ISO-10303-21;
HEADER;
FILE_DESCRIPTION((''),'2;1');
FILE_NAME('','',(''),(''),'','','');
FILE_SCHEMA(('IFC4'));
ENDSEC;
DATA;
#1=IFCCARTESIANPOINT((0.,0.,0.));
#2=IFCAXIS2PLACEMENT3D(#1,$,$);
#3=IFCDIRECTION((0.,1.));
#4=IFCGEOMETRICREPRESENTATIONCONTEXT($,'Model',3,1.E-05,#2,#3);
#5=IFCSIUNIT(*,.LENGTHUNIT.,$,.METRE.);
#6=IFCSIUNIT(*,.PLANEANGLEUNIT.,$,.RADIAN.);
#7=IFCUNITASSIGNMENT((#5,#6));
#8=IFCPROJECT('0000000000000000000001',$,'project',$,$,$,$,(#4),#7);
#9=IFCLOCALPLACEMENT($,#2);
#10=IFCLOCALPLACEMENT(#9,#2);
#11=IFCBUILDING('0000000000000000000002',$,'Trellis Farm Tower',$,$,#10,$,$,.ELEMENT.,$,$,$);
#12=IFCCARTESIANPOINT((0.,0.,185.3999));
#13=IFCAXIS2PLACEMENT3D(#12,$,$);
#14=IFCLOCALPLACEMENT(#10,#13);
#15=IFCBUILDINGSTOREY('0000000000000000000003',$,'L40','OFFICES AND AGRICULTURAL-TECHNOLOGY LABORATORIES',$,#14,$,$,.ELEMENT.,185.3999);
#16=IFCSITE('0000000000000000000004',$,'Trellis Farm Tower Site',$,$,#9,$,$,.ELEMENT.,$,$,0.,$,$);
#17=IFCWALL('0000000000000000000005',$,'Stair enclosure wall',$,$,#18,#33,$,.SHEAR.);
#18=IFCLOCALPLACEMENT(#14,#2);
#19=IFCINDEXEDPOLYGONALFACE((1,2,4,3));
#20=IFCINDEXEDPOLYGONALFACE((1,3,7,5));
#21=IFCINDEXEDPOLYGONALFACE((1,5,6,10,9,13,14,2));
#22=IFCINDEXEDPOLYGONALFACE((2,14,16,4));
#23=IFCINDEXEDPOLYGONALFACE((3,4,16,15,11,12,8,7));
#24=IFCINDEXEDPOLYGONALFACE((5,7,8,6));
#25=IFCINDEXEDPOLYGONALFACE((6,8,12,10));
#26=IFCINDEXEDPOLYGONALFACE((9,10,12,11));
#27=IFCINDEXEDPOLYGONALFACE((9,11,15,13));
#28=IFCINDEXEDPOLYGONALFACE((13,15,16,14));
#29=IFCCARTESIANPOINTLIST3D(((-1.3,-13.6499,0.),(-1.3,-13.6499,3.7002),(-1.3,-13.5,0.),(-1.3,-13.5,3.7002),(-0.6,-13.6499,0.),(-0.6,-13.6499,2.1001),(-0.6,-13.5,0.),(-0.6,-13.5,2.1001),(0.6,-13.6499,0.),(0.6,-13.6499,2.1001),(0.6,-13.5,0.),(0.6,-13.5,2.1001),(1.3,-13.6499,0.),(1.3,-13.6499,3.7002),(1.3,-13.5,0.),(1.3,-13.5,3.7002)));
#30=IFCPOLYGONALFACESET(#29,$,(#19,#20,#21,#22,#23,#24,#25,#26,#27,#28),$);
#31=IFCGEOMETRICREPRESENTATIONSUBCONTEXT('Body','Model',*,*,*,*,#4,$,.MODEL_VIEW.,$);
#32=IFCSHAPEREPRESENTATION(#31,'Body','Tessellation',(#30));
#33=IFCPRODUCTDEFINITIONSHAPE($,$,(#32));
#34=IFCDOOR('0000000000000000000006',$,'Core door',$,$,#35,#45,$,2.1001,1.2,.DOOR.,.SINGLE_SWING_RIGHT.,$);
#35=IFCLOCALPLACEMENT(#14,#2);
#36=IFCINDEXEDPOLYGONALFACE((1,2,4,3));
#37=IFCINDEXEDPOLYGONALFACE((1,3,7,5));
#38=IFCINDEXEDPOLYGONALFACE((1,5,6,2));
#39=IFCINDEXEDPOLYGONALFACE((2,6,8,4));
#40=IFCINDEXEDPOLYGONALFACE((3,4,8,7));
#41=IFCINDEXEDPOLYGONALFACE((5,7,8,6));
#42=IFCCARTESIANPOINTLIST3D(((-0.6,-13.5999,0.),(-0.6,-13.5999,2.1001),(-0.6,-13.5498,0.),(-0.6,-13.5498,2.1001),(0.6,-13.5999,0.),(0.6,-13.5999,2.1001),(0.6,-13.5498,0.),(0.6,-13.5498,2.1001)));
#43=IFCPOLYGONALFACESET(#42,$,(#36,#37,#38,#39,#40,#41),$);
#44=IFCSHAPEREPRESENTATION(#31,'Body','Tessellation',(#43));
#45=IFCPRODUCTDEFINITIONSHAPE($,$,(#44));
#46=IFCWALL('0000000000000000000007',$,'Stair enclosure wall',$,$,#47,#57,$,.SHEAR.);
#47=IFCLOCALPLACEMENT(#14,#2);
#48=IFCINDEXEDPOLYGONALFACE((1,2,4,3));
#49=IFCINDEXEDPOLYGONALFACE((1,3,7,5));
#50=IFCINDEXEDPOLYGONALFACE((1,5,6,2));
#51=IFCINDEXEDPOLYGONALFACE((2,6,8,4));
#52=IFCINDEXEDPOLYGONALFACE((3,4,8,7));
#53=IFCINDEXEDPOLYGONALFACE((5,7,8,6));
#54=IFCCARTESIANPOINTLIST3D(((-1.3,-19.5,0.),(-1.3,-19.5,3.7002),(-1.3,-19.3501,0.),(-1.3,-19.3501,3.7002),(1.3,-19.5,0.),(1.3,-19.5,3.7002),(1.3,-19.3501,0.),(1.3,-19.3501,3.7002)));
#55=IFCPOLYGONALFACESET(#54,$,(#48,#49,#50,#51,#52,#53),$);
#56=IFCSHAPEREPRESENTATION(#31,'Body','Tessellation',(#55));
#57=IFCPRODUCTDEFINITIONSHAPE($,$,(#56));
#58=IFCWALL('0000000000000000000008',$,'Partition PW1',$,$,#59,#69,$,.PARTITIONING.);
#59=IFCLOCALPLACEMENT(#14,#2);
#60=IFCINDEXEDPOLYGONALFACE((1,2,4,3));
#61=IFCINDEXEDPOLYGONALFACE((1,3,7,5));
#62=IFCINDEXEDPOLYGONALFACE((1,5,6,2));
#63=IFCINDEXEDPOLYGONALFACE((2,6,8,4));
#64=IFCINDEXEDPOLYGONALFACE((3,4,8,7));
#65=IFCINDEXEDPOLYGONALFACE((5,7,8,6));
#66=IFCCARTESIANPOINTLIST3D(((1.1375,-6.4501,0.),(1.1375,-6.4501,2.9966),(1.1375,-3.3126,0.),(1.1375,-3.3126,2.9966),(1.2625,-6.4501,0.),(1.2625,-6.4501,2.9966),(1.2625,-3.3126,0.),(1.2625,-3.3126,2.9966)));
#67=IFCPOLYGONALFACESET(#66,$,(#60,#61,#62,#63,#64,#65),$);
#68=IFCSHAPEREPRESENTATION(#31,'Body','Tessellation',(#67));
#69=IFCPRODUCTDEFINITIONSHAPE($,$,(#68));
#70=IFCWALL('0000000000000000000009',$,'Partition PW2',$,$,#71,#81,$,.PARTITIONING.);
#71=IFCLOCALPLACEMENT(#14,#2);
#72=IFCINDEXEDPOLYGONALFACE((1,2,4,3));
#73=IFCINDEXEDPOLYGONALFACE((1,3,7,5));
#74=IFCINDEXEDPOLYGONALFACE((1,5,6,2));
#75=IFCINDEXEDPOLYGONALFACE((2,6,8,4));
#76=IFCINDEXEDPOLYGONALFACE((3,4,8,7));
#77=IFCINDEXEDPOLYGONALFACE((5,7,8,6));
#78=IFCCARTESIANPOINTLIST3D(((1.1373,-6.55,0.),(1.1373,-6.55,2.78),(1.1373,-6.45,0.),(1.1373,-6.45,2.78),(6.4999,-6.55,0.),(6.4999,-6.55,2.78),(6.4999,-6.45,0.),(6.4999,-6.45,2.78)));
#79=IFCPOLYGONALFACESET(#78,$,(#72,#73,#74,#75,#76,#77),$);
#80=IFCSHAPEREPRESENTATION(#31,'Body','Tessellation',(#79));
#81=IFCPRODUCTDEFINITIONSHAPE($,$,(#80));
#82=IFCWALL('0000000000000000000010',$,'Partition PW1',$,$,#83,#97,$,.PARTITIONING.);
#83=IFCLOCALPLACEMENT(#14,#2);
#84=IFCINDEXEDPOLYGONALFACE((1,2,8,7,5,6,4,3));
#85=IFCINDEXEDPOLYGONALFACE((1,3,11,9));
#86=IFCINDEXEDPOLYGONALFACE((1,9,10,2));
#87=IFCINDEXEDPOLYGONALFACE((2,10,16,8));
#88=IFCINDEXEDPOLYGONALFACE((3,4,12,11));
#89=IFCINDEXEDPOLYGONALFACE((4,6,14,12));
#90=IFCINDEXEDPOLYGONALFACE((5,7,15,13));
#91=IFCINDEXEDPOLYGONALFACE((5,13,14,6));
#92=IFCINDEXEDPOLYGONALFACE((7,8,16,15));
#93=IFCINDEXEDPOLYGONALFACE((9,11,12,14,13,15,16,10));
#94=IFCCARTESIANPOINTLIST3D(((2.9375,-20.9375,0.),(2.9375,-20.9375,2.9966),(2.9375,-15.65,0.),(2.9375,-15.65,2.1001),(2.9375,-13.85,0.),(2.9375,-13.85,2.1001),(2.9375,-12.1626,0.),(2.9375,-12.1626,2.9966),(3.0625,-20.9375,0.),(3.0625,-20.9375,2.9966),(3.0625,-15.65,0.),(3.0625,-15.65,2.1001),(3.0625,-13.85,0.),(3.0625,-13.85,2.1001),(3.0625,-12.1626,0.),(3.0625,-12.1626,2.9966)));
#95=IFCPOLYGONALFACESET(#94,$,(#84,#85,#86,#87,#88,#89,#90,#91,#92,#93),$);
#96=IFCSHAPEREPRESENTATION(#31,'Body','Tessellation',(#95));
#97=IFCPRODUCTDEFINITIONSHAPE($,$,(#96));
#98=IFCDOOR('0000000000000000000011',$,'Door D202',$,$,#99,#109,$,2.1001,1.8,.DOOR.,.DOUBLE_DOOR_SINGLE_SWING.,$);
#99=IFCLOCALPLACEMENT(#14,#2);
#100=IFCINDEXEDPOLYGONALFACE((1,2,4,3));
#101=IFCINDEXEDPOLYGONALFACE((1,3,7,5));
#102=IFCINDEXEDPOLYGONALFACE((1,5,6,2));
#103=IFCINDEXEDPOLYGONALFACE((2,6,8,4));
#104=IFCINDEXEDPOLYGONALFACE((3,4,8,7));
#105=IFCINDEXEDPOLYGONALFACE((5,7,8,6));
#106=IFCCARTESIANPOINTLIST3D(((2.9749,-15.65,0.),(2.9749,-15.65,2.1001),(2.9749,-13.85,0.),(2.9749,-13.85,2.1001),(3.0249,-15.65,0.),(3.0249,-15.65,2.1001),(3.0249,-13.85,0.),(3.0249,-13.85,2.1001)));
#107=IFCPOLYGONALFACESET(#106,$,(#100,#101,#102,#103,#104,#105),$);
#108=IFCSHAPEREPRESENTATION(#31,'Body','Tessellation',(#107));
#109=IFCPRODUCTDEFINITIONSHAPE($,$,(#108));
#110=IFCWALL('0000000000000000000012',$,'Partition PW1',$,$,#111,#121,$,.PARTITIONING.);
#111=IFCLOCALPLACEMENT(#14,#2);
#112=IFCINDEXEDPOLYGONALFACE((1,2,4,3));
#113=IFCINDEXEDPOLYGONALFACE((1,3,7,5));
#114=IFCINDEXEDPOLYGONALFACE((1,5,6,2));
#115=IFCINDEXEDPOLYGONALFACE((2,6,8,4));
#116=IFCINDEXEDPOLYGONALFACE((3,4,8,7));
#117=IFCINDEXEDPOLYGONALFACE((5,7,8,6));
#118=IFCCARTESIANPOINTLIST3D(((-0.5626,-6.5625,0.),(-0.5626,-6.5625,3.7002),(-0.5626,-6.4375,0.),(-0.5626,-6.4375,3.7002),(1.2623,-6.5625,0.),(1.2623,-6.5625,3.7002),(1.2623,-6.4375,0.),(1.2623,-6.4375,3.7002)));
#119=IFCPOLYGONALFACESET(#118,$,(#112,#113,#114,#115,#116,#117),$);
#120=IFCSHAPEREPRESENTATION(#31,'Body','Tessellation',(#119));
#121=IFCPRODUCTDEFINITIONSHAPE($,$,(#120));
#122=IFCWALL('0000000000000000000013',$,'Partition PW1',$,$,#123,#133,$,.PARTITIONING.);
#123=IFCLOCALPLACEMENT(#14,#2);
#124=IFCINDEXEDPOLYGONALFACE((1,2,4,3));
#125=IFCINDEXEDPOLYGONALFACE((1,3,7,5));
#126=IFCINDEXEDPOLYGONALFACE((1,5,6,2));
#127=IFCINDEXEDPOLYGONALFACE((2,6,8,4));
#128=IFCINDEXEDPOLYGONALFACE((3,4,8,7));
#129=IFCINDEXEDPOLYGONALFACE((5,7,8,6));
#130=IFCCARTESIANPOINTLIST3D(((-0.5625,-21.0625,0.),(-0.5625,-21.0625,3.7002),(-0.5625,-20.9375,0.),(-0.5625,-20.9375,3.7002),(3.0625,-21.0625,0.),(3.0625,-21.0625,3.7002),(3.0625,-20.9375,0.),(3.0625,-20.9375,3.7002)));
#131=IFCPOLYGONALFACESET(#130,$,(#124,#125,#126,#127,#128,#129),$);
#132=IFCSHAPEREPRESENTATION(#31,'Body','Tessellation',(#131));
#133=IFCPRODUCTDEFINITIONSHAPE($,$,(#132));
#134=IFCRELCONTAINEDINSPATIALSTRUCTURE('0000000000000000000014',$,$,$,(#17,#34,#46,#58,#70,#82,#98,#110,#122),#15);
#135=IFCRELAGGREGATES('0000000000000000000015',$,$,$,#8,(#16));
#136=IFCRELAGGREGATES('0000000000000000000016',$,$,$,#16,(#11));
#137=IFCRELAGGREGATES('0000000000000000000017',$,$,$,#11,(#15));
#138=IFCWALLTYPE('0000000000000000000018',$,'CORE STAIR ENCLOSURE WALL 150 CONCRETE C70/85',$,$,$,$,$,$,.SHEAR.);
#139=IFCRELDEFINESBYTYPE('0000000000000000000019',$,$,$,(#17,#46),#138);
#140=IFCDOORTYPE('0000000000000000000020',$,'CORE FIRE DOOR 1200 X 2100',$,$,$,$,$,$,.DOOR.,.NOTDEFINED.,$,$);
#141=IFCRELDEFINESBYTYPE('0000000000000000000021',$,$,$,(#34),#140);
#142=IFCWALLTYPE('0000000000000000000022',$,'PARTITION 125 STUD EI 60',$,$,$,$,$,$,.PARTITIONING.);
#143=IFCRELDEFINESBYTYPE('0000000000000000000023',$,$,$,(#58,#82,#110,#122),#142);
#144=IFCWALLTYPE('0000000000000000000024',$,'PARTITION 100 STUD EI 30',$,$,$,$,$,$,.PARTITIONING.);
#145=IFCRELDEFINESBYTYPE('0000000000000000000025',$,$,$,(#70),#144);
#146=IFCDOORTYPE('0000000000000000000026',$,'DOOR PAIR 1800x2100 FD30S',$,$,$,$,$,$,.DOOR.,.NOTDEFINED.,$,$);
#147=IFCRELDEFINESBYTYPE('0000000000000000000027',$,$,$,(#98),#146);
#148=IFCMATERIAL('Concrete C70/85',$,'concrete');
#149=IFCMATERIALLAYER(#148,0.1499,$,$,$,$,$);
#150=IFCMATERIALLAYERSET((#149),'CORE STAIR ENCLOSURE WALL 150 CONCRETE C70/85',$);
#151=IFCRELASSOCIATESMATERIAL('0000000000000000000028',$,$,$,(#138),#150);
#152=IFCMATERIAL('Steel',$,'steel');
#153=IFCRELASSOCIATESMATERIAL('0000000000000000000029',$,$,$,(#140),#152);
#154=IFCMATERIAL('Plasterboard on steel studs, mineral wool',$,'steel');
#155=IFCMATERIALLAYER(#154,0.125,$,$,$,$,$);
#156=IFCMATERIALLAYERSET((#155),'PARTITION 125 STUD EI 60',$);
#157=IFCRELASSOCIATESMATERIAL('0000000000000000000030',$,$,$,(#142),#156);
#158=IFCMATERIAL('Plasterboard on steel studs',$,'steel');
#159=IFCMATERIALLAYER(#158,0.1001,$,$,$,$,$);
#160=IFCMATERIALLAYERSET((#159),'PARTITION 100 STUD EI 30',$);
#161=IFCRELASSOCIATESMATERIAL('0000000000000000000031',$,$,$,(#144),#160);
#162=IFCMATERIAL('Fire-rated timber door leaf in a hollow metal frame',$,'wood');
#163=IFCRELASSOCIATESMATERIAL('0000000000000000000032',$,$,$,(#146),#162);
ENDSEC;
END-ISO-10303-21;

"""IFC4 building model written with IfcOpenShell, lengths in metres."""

from ifc_helpers import new_model, si_unit, direction, frame, frame_2d, origin, place, context, subcontext, project, spatial, rectangle, extrude, source, transform, mapped, material, layer, layer_set, type_object, element, fill, save


model = new_model("IFC4")

# Units and contexts
model_context = context("Model", 3, precision=1e-05, world=origin(), true_north=direction((0.0, 1.0)))
body_context = subcontext(model_context, "Body", "Model", "MODEL_VIEW")
ifc_project = project(units=[si_unit("LENGTHUNIT", "METRE"), si_unit("PLANEANGLEUNIT", "RADIAN")], contexts=[model_context])

# Site, building, storey
site_placement = place(None, origin())
site = spatial("IfcSite", under=ifc_project, at=site_placement, Name="Trellis Farm Tower Site", CompositionType="ELEMENT", RefElevation=0.0)
building_placement = place(site_placement, origin())
building = spatial("IfcBuilding", under=site, at=building_placement, Name="Trellis Farm Tower", CompositionType="ELEMENT")
storey_placement = place(building_placement, frame((0.0, 0.0, 185.3999)))
storey = spatial("IfcBuildingStorey", under=building, at=storey_placement, Name="L40", Description="OFFICES AND AGRICULTURAL-TECHNOLOGY LABORATORIES", CompositionType="ELEMENT", Elevation=185.3999)

# Shared definitions
ifc_material_1 = material(Name="Concrete C70/85", Category="concrete")

# Wall, opening, door
ifc_layer_1 = layer(ifc_material_1, 0.1499)
ifc_layer_set_1 = layer_set([ifc_layer_1], Name="CORE STAIR ENCLOSURE WALL 150 CONCRETE C70/85")
wall_type_1 = type_object("IfcWallType", Name="CORE STAIR ENCLOSURE WALL 150 CONCRETE C70/85", PredefinedType="SHEAR", material=ifc_layer_set_1)
shared_shape_1 = source(origin(), body_context, "Body", "SweptSolid", [
    extrude(rectangle(XDim=2.6001, YDim=0.1499, at=frame_2d((1.3, 0.0))), origin(), (0.0, 0.0, 1.0), 3.7002),
])
wall_1_placement = place(storey_placement, frame((1.3, -13.575, 0.0), z_axis=(0.0, 0.0, 1.0), x_axis=(-1.0, 0.0, 0.0)))
wall_1 = element("IfcWall", 1, at=wall_1_placement, inside=storey, type_object=wall_type_1, Name="Stair enclosure wall", PredefinedType="SHEAR", context=body_context, shape_type="MappedRepresentation", body=[
    mapped(shared_shape_1, transform((0.0, 0.0, 0.0))),
])
shared_shape_2 = source(origin(), body_context, "Body", "SweptSolid", [
    extrude(rectangle(XDim=1.2, YDim=2.1001, at=frame_2d((0.6001, 1.05))), frame((0.0, 0.085, 0.0), z_axis=(0.0, -1.0, 0.0), x_axis=(1.0, 0.0, 0.0)), (0.0, 0.0, 1.0), 0.1699),
])
opening_1_placement = place(wall_1_placement, frame((0.7, 0.0, 0.0)))
opening_1 = element("IfcOpeningElement", 2, at=opening_1_placement, cuts=wall_1, PredefinedType="OPENING", context=body_context, shape_type="MappedRepresentation", body=[
    mapped(shared_shape_2, transform((0.0, 0.0, 0.0))),
])
ifc_material_2 = material(Name="Steel", Category="steel")
door_type_1 = type_object("IfcDoorType", Name="CORE FIRE DOOR 1200 X 2100", OperationType="NOTDEFINED", PredefinedType="DOOR", material=ifc_material_2)
shared_shape_3 = source(origin(), body_context, "Body", "SweptSolid", [
    extrude(rectangle(XDim=1.2, YDim=2.1001, at=frame_2d((0.6001, 1.05))), frame((0.0, 0.0249, 0.0), z_axis=(0.0, -1.0, 0.0), x_axis=(1.0, 0.0, 0.0)), (0.0, 0.0, 1.0), 0.05),
])
door_1_placement = place(opening_1_placement, origin())
door_1 = element("IfcDoor", 3, at=door_1_placement, inside=storey, type_object=door_type_1, Name="Core door", OperationType="SINGLE_SWING_RIGHT", OverallHeight=2.1001, OverallWidth=1.2, PredefinedType="DOOR", context=body_context, shape_type="MappedRepresentation", body=[
    mapped(shared_shape_3, transform((0.0, 0.0, 0.0))),
])
fill(opening_1, door_1)

# Walls
wall_2_placement = place(storey_placement, frame((1.3, -19.425, 0.0), z_axis=(0.0, 0.0, 1.0), x_axis=(-1.0, 0.0, 0.0)))
element("IfcWall", 4, at=wall_2_placement, inside=storey, type_object=wall_type_1, Name="Stair enclosure wall", PredefinedType="SHEAR", context=body_context, shape_type="MappedRepresentation", body=[
    mapped(shared_shape_1, transform((0.0, 0.0, 0.0))),
])
ifc_material_3 = material(Name="Plasterboard on steel studs, mineral wool", Category="steel")
ifc_layer_2 = layer(ifc_material_3, 0.125)
ifc_layer_set_2 = layer_set([ifc_layer_2], Name="PARTITION 125 STUD EI 60")
wall_type_2 = type_object("IfcWallType", Name="PARTITION 125 STUD EI 60", PredefinedType="PARTITIONING", material=ifc_layer_set_2)
shared_shape_4 = source(origin(), body_context, "Body", "SweptSolid", [
    extrude(rectangle(XDim=3.1375, YDim=0.125, at=frame_2d((1.5688, 0.0))), origin(), (0.0, 0.0, 1.0), 2.9966),
])
wall_3_placement = place(storey_placement, frame((1.2, -3.3125, 0.0), z_axis=(0.0, 0.0, 1.0), x_axis=(0.0, -1.0, 0.0)))
element("IfcWall", 5, at=wall_3_placement, inside=storey, type_object=wall_type_2, Name="Partition PW1", PredefinedType="PARTITIONING", context=body_context, shape_type="MappedRepresentation", body=[
    mapped(shared_shape_4, transform((0.0, 0.0, 0.0))),
])
ifc_material_4 = material(Name="Plasterboard on steel studs", Category="steel")
ifc_layer_3 = layer(ifc_material_4, 0.1001)
ifc_layer_set_3 = layer_set([ifc_layer_3], Name="PARTITION 100 STUD EI 30")
wall_type_3 = type_object("IfcWallType", Name="PARTITION 100 STUD EI 30", PredefinedType="PARTITIONING", material=ifc_layer_set_3)
shared_shape_5 = source(origin(), body_context, "Body", "SweptSolid", [
    extrude(rectangle(XDim=5.3625, YDim=0.1001, at=frame_2d((2.6812, 0.0))), origin(), (0.0, 0.0, 1.0), 2.78),
])
wall_4_placement = place(storey_placement, frame((1.1375, -6.5, 0.0), z_axis=(0.0, 0.0, 1.0), x_axis=(1.0, 0.0, 0.0)))
element("IfcWall", 6, at=wall_4_placement, inside=storey, type_object=wall_type_3, Name="Partition PW2", PredefinedType="PARTITIONING", context=body_context, shape_type="MappedRepresentation", body=[
    mapped(shared_shape_5, transform((0.0, 0.0, 0.0))),
])

# Wall, opening, door
shared_shape_6 = source(origin(), body_context, "Body", "SweptSolid", [
    extrude(rectangle(XDim=8.7749, YDim=0.125, at=frame_2d((4.3875, 0.0))), origin(), (0.0, 0.0, 1.0), 2.9966),
])
wall_5_placement = place(storey_placement, frame((3.0, -12.1626, 0.0), z_axis=(0.0, 0.0, 1.0), x_axis=(0.0, -1.0, 0.0)))
wall_5 = element("IfcWall", 7, at=wall_5_placement, inside=storey, type_object=wall_type_2, Name="Partition PW1", PredefinedType="PARTITIONING", context=body_context, shape_type="MappedRepresentation", body=[
    mapped(shared_shape_6, transform((0.0, 0.0, 0.0))),
])
shared_shape_7 = source(origin(), body_context, "Body", "SweptSolid", [
    extrude(rectangle(XDim=1.8, YDim=2.1001, at=frame_2d((0.8999, 1.05))), frame((0.0, 0.0725, 0.0), z_axis=(0.0, -1.0, 0.0), x_axis=(1.0, 0.0, 0.0)), (0.0, 0.0, 1.0), 0.145),
])
opening_2_placement = place(wall_5_placement, frame((1.6875, 0.0, 0.0)))
opening_2 = element("IfcOpeningElement", 8, at=opening_2_placement, cuts=wall_5, PredefinedType="OPENING", context=body_context, shape_type="MappedRepresentation", body=[
    mapped(shared_shape_7, transform((0.0, 0.0, 0.0))),
])
ifc_material_5 = material(Name="Fire-rated timber door leaf in a hollow metal frame", Category="wood")
door_type_2 = type_object("IfcDoorType", Name="DOOR PAIR 1800x2100 FD30S", OperationType="NOTDEFINED", PredefinedType="DOOR", material=ifc_material_5)
shared_shape_8 = source(origin(), body_context, "Body", "SweptSolid", [
    extrude(rectangle(XDim=1.8, YDim=2.1001, at=frame_2d((0.8999, 1.05))), frame((0.0, 0.0249, 0.0), z_axis=(0.0, -1.0, 0.0), x_axis=(1.0, 0.0, 0.0)), (0.0, 0.0, 1.0), 0.05),
])
door_2_placement = place(opening_2_placement, origin())
door_2 = element("IfcDoor", 9, at=door_2_placement, inside=storey, type_object=door_type_2, Name="Door D202", OperationType="DOUBLE_DOOR_SINGLE_SWING", OverallHeight=2.1001, OverallWidth=1.8, PredefinedType="DOOR", context=body_context, shape_type="MappedRepresentation", body=[
    mapped(shared_shape_8, transform((0.0, 0.0, 0.0))),
])
fill(opening_2, door_2)

# Walls
shared_shape_9 = source(origin(), body_context, "Body", "SweptSolid", [
    extrude(rectangle(XDim=1.825, YDim=0.125, at=frame_2d((0.9126, 0.0))), origin(), (0.0, 0.0, 1.0), 3.7002),
])
wall_6_placement = place(storey_placement, frame((1.2625, -6.5, 0.0), z_axis=(0.0, 0.0, 1.0), x_axis=(-1.0, 0.0, 0.0)))
element("IfcWall", 10, at=wall_6_placement, inside=storey, type_object=wall_type_2, Name="Partition PW1", PredefinedType="PARTITIONING", context=body_context, shape_type="MappedRepresentation", body=[
    mapped(shared_shape_9, transform((0.0, 0.0, 0.0))),
])
shared_shape_10 = source(origin(), body_context, "Body", "SweptSolid", [
    extrude(rectangle(XDim=3.625, YDim=0.125, at=frame_2d((1.8125, 0.0))), origin(), (0.0, 0.0, 1.0), 3.7002),
])
wall_7_placement = place(storey_placement, frame((3.0625, -21.0, 0.0), z_axis=(0.0, 0.0, 1.0), x_axis=(-1.0, 0.0, 0.0)))
element("IfcWall", 11, at=wall_7_placement, inside=storey, type_object=wall_type_2, Name="Partition PW1", PredefinedType="PARTITIONING", context=body_context, shape_type="MappedRepresentation", body=[
    mapped(shared_shape_10, transform((0.0, 0.0, 0.0))),
])

save(model, "model.ifc")
